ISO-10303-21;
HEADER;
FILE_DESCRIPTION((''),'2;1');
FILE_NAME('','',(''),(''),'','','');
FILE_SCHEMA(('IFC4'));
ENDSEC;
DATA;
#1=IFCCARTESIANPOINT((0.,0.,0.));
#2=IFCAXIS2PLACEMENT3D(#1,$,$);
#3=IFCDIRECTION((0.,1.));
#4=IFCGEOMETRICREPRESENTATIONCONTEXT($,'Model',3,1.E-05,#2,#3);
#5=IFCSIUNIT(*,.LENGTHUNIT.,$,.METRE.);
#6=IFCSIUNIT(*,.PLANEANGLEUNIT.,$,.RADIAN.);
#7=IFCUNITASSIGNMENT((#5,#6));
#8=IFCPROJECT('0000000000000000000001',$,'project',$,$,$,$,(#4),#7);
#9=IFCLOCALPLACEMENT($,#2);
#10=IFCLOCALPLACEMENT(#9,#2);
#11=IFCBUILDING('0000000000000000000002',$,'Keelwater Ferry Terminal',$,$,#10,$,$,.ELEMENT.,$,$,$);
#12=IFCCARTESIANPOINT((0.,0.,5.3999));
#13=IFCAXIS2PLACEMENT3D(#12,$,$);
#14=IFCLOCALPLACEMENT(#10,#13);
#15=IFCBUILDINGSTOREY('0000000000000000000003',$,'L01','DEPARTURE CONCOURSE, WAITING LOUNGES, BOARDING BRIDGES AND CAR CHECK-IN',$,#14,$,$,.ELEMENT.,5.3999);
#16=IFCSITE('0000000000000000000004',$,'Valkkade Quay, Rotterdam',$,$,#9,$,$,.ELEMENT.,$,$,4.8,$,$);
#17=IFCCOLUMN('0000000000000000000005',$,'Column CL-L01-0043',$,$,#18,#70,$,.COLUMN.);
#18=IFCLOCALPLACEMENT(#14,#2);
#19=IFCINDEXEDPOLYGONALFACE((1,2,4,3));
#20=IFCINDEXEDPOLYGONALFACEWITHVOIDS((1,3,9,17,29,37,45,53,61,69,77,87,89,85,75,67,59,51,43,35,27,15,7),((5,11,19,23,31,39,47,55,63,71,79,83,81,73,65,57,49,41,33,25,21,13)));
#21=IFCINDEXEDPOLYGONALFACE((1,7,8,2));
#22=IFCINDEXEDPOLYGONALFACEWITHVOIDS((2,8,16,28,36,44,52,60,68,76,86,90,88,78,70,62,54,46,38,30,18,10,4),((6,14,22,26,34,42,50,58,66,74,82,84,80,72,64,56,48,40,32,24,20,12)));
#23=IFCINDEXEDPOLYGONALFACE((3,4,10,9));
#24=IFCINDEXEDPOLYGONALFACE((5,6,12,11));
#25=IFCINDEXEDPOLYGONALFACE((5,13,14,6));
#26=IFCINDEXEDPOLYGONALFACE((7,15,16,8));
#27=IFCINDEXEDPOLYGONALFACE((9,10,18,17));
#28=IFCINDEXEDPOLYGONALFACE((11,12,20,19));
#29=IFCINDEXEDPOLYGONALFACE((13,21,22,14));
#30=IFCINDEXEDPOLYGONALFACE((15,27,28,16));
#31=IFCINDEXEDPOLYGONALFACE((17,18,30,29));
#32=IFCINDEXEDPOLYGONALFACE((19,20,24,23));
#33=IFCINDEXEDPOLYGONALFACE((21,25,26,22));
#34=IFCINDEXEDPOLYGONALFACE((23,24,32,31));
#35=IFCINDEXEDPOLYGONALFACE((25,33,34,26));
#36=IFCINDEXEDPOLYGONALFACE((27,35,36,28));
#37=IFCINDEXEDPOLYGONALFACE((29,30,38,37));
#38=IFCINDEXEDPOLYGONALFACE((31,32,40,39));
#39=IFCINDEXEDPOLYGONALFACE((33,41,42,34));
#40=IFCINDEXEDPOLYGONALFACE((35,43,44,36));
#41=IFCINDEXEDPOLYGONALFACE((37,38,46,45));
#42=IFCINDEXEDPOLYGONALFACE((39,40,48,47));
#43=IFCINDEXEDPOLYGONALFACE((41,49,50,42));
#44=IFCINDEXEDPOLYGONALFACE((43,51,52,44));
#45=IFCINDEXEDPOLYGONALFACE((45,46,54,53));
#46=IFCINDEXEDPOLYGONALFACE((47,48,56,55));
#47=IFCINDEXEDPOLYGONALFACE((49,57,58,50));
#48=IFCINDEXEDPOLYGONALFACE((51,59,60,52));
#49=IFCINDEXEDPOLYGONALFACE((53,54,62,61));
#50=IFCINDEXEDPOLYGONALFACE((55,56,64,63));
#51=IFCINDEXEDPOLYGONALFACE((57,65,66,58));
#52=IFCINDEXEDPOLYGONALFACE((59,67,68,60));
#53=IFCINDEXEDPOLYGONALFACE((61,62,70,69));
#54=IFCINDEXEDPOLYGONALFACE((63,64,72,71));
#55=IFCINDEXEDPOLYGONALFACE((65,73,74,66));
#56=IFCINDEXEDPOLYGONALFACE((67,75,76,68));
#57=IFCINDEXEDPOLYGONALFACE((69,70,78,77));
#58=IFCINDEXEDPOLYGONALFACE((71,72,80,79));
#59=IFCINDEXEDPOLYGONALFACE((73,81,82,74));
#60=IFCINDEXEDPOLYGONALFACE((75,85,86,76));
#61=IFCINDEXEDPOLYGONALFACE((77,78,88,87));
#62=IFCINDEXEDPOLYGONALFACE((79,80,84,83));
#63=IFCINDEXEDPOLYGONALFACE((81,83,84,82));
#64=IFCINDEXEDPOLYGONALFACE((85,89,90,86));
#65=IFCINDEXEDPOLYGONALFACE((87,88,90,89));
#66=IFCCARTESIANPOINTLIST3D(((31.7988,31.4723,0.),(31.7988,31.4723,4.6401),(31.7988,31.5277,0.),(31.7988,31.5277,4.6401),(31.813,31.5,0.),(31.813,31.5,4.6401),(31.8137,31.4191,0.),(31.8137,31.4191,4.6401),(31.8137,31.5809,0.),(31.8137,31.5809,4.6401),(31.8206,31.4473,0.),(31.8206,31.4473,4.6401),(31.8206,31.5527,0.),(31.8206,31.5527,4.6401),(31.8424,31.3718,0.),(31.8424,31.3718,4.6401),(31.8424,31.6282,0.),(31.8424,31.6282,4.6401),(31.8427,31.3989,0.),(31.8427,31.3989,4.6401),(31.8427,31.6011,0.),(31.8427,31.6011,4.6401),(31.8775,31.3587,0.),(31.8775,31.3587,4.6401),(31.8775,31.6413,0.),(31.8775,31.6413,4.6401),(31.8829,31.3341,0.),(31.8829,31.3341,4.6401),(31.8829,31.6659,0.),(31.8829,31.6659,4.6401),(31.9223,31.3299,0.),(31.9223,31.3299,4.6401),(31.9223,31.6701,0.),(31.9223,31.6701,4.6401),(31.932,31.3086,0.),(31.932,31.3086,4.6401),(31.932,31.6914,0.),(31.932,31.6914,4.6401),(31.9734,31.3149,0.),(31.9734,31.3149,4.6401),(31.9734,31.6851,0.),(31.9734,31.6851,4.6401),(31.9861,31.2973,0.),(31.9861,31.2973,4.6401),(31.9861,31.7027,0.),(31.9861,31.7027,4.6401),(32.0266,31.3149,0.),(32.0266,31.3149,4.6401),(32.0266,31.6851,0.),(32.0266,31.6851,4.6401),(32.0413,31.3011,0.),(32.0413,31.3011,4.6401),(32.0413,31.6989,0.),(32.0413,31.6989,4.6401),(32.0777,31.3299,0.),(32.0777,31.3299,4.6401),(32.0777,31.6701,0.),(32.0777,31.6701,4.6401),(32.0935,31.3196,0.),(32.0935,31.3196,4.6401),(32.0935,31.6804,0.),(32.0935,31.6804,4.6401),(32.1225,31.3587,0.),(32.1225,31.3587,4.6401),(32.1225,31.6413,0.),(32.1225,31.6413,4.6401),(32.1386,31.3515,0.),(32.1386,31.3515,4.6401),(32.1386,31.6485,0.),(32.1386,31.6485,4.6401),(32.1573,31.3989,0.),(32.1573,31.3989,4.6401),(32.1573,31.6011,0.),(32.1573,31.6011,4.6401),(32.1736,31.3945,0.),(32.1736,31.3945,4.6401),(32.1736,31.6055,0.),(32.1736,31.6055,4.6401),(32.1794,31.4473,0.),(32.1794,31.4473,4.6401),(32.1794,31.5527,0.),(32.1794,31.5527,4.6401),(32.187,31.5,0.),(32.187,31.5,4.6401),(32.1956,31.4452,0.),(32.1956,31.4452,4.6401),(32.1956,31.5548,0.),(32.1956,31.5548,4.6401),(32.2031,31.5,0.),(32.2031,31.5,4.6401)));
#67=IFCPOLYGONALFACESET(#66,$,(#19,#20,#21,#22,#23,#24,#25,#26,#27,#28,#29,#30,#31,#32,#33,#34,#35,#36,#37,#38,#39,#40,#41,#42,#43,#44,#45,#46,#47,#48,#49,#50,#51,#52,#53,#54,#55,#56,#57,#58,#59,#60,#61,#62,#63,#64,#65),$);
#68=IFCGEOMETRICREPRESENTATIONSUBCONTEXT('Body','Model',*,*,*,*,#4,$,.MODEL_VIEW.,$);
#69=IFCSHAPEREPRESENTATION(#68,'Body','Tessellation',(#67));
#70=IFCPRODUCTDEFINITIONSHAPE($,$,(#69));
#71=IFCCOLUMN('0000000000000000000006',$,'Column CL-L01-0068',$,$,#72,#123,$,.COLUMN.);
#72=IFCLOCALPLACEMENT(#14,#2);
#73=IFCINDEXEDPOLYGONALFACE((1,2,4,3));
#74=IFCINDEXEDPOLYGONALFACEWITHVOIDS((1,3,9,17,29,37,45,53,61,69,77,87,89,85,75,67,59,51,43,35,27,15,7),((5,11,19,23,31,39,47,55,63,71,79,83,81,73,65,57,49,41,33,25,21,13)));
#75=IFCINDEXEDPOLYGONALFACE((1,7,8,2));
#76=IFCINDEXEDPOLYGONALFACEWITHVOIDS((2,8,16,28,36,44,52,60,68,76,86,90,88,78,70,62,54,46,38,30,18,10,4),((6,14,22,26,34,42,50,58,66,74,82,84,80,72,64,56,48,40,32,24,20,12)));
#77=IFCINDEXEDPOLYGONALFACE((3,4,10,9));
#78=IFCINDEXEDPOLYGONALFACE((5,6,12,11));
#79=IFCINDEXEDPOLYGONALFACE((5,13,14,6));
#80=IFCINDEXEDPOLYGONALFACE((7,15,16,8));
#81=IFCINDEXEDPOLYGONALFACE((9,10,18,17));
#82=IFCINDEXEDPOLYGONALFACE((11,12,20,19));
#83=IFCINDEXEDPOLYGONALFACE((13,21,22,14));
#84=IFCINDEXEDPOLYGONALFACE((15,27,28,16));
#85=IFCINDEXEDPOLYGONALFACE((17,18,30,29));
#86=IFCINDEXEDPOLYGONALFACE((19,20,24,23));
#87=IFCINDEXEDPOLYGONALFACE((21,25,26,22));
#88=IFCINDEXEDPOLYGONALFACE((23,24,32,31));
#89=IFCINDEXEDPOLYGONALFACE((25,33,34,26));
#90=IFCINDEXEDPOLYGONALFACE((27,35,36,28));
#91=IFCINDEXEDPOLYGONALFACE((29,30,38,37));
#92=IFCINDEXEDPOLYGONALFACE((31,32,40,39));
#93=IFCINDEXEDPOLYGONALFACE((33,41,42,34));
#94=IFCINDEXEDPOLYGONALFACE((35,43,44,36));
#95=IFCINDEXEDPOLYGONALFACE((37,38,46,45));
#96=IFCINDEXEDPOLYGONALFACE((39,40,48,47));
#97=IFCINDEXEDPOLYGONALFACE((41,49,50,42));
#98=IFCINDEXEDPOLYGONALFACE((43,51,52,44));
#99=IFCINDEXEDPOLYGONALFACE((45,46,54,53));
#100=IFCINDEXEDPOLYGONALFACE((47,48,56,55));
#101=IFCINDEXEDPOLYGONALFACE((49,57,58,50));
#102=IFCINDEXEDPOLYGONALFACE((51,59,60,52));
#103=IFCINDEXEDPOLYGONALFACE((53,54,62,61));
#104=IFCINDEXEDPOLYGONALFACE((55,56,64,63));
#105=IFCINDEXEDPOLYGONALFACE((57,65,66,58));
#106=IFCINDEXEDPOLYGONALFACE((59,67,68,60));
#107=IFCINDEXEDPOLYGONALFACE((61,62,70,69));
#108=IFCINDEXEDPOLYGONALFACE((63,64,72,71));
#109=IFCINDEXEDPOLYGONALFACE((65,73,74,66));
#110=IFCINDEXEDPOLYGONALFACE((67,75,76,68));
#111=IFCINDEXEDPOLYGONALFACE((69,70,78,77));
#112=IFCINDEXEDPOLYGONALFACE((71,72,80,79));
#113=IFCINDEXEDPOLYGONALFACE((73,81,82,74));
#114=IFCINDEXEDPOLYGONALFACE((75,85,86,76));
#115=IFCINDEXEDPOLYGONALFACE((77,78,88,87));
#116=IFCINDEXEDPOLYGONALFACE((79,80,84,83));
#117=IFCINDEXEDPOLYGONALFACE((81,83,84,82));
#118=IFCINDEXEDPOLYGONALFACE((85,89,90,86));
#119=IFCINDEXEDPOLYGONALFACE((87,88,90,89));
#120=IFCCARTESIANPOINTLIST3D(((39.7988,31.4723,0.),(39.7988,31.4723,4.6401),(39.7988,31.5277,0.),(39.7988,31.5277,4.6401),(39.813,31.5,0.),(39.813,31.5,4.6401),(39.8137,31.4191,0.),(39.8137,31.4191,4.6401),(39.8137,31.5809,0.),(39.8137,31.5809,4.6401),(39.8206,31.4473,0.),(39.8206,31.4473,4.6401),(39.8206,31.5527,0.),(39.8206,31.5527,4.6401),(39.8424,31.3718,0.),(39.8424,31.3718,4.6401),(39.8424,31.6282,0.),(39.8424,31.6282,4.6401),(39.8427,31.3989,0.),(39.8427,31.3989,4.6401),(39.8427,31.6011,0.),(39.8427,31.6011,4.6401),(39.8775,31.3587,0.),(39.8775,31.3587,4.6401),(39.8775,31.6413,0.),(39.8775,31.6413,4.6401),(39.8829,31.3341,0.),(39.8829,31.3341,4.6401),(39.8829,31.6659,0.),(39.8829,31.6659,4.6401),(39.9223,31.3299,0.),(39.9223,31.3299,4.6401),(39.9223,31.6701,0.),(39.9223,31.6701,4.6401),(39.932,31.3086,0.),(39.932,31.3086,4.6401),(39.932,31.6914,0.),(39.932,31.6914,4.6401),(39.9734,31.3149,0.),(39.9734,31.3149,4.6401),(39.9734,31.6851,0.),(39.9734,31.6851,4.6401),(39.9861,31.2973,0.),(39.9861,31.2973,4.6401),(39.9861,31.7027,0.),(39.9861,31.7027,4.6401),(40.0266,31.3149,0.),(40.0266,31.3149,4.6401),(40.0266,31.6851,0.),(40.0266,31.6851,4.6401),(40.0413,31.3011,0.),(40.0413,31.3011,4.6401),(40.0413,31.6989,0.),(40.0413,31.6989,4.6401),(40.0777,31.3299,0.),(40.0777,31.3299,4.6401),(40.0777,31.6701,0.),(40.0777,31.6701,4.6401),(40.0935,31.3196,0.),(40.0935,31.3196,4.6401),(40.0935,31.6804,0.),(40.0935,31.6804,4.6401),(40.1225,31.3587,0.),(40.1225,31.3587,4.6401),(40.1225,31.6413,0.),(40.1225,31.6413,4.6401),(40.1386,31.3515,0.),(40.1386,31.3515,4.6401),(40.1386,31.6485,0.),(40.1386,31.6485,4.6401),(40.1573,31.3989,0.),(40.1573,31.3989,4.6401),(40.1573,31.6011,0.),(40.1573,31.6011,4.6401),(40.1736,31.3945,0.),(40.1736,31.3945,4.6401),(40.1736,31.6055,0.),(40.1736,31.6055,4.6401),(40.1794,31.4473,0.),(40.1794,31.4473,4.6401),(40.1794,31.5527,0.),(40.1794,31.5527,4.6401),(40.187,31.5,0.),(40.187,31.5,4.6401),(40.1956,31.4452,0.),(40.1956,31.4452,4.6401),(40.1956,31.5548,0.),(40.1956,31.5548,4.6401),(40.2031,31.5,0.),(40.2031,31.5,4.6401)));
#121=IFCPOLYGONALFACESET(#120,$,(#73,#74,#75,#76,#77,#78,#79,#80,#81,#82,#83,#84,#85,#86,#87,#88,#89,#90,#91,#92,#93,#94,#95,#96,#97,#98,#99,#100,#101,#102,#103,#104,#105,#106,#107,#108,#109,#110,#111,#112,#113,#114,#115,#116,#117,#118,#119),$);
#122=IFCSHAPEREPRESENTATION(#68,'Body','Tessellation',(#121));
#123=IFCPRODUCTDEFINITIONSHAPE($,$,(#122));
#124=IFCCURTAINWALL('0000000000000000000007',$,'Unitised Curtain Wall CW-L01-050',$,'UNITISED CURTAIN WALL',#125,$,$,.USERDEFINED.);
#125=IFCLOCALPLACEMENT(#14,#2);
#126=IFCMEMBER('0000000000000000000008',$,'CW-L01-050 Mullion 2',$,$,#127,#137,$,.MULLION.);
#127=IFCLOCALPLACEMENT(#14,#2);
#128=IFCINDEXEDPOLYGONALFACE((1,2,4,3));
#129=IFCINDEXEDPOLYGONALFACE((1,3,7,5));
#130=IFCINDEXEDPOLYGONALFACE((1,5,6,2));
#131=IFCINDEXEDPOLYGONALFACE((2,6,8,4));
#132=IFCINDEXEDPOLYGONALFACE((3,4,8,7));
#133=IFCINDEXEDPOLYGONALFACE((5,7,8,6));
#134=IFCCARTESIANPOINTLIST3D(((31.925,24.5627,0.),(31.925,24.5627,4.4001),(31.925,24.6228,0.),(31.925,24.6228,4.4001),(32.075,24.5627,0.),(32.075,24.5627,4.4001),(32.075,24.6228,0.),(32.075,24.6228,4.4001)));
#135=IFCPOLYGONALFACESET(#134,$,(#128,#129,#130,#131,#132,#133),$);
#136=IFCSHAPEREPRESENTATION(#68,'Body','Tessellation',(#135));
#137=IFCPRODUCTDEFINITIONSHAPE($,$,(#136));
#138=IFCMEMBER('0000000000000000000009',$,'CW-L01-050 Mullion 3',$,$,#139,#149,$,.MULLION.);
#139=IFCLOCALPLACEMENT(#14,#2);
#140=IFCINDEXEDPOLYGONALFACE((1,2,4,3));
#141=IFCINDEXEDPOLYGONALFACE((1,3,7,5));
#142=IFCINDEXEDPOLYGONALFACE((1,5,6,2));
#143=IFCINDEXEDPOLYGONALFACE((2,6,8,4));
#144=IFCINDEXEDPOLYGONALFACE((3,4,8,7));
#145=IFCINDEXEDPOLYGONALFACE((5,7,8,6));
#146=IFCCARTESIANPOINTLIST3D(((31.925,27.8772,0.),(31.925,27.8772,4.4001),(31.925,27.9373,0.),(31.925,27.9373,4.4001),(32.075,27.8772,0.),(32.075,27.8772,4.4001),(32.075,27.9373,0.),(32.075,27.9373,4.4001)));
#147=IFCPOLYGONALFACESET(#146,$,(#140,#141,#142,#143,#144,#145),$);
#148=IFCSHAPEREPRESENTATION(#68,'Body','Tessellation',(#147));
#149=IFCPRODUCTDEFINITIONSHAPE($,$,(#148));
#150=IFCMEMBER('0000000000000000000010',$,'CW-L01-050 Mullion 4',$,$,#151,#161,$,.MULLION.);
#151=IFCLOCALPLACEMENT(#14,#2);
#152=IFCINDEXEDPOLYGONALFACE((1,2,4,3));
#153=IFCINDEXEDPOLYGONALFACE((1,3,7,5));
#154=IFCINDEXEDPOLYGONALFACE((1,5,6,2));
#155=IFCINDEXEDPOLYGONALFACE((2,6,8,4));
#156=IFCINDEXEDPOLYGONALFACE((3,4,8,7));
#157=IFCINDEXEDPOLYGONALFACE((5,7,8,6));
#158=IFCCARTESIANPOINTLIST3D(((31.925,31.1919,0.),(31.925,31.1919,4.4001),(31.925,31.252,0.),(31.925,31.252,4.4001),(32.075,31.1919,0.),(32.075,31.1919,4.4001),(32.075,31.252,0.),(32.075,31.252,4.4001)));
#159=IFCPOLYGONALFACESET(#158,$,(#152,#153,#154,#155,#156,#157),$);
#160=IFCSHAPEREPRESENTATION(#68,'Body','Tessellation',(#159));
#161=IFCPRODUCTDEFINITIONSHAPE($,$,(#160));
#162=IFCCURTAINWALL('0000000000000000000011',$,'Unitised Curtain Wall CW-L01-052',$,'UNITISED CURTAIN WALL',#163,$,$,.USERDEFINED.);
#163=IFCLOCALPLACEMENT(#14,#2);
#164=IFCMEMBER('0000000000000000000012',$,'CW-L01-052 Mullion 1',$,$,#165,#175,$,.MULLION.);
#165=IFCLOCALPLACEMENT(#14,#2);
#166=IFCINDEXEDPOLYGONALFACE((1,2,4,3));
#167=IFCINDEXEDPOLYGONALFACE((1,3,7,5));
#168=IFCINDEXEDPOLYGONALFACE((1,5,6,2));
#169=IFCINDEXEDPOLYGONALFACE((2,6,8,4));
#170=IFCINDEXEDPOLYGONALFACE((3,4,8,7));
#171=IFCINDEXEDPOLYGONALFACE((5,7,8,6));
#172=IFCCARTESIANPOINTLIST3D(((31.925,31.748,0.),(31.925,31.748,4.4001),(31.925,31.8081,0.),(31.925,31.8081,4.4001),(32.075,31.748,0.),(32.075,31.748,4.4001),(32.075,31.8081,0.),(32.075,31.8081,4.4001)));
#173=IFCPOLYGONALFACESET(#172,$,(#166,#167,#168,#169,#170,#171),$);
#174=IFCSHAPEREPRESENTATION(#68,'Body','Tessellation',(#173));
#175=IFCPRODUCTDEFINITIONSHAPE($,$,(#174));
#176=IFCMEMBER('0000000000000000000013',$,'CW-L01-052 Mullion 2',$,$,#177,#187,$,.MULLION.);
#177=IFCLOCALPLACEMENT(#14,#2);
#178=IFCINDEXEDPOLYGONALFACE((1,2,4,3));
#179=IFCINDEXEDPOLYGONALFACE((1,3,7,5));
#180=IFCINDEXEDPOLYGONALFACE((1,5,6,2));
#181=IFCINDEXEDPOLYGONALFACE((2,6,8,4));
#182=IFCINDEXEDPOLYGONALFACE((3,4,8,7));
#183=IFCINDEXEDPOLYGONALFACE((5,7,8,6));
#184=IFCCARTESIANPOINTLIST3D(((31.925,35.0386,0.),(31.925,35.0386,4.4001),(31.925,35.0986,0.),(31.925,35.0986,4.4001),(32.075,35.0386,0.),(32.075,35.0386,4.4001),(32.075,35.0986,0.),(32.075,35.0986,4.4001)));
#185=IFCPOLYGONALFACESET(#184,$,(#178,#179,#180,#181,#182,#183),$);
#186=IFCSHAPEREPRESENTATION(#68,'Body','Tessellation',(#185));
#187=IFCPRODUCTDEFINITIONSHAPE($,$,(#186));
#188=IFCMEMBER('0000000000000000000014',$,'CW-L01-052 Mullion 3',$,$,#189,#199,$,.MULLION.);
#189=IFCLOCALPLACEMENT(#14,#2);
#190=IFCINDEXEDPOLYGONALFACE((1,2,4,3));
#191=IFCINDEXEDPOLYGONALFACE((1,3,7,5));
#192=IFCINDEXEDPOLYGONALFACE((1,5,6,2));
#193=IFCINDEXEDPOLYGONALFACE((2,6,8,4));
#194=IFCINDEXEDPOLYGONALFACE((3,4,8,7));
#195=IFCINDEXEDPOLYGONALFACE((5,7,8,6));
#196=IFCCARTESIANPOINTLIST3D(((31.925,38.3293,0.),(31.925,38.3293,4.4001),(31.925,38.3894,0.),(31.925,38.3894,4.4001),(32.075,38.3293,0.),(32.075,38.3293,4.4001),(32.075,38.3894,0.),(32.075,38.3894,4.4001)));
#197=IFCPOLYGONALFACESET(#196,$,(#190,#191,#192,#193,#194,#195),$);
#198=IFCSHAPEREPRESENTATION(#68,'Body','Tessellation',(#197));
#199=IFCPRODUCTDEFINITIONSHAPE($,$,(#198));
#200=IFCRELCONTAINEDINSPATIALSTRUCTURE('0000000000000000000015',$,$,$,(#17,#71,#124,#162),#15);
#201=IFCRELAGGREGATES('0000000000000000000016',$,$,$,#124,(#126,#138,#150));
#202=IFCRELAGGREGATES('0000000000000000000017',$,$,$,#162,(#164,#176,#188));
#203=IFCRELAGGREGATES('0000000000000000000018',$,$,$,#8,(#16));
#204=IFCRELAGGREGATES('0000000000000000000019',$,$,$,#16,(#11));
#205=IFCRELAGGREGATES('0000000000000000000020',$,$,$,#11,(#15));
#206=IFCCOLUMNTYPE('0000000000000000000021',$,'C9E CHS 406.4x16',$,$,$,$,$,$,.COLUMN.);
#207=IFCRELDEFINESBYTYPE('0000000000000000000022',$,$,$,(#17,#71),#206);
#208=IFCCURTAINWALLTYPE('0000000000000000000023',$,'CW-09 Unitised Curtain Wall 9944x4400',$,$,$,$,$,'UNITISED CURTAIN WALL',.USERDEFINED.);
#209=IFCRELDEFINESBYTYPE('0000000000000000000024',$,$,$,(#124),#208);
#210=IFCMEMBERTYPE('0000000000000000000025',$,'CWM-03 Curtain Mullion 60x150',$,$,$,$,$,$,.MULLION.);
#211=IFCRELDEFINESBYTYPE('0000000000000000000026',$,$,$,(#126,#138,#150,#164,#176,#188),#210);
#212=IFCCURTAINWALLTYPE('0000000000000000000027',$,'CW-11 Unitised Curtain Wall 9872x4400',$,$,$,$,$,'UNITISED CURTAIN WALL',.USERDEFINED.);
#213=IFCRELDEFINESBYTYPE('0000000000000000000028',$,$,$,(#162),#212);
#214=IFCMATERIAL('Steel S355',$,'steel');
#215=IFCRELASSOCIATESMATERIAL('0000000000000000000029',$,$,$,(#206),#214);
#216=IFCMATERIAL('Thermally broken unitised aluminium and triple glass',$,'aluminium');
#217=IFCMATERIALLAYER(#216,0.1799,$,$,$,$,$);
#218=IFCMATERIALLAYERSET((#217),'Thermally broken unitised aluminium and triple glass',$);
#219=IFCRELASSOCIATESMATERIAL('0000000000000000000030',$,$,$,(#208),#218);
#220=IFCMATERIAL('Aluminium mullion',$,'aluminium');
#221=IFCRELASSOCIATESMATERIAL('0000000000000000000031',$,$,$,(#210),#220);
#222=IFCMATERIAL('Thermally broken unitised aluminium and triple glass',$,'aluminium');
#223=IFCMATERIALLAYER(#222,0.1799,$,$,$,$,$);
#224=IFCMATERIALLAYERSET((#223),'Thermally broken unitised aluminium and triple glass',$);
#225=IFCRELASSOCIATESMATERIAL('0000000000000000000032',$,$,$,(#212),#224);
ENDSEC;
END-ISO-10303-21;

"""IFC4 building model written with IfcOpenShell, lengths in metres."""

from ifc_helpers import new_model, si_unit, direction, frame, origin, origin_2d, place, context, subcontext, project, spatial, rectangle, hollow_circle, extrude, material, layer, layer_set, material_profile, profile_set, type_object, element, aggregate, save


model = new_model("IFC4")

# Units and contexts
model_context = context("Model", 3, precision=1e-05, world=origin(), true_north=direction((0.0, 1.0)))
body_context = subcontext(model_context, "Body", "Model", "MODEL_VIEW")
ifc_project = project(units=[si_unit("LENGTHUNIT", "METRE"), si_unit("PLANEANGLEUNIT", "RADIAN")], contexts=[model_context])

# Site, building, storey
site_placement = place(None, origin())
site = spatial("IfcSite", under=ifc_project, at=site_placement, Name="Valkkade Quay, Rotterdam", CompositionType="ELEMENT", RefElevation=4.8)
building_placement = place(site_placement, origin())
building = spatial("IfcBuilding", under=site, at=building_placement, Name="Keelwater Ferry Terminal", CompositionType="ELEMENT")
storey_placement = place(building_placement, frame((0.0, 0.0, 5.3999)))
storey = spatial("IfcBuildingStorey", under=building, at=storey_placement, Name="L01", Description="DEPARTURE CONCOURSE, WAITING LOUNGES, BOARDING BRIDGES AND CAR CHECK-IN", CompositionType="ELEMENT", Elevation=5.3999)

# Columns
ifc_material_1 = material(Name="Steel S355", Category="steel")
ifc_material_profile_1 = material_profile(ifc_material_1, hollow_circle(Radius=0.2031, WallThickness=0.0161, at=origin_2d()), Name="CHS 406.4x16")
ifc_profile_set_1 = profile_set([ifc_material_profile_1], Name="Steel S355")
column_type = type_object("IfcColumnType", Name="C9E CHS 406.4x16", PredefinedType="COLUMN", material=ifc_profile_set_1)
for number, where, z_axis, x_axis, name in (
    (1, (32.0, 31.5, 0.0), (0.0, 0.0, 1.0), (1.0, 0.0, 0.0), "Column CL-L01-0043"),
    (2, (40.0, 31.5, 0.0), (0.0, 0.0, 1.0), (1.0, 0.0, 0.0), "Column CL-L01-0068"),
):
    element("IfcColumn", number, at=place(storey_placement, frame(where, z_axis=z_axis, x_axis=x_axis)), inside=storey, type_object=column_type, Name=name, PredefinedType="COLUMN", context=body_context, shape_type="SweptSolid", body=[
        extrude(hollow_circle(Radius=0.2031, WallThickness=0.0161, at=origin_2d()), origin(), (0.0, 0.0, 1.0), 4.6401),
    ])

# Curtain walls, members
ifc_material_2 = material(Name="Thermally broken unitised aluminium and triple glass", Category="aluminium")
ifc_layer_1 = layer(ifc_material_2, 0.1799)
ifc_layer_set_1 = layer_set([ifc_layer_1], Name="Thermally broken unitised aluminium and triple glass")
curtain_wall_type_1 = type_object("IfcCurtainWallType", Name="CW-09 Unitised Curtain Wall 9944x4400", ElementType="UNITISED CURTAIN WALL", PredefinedType="USERDEFINED", material=ifc_layer_set_1)
curtain_wall_1_placement = place(storey_placement, origin())
curtain_wall_1 = element("IfcCurtainWall", 3, at=curtain_wall_1_placement, inside=storey, type_object=curtain_wall_type_1, Name="Unitised Curtain Wall CW-L01-050", ObjectType="UNITISED CURTAIN WALL", PredefinedType="USERDEFINED")
ifc_material_3 = material(Name="Aluminium mullion", Category="aluminium")
ifc_material_profile_2 = material_profile(ifc_material_3, rectangle(XDim=0.0601, YDim=0.1499, at=origin_2d()), Name="CWM-03")
ifc_profile_set_2 = profile_set([ifc_material_profile_2], Name="Aluminium mullion")
member_type_1 = type_object("IfcMemberType", Name="CWM-03 Curtain Mullion 60x150", PredefinedType="MULLION", material=ifc_profile_set_2)
member_1_placement = place(storey_placement, frame((32.0, 24.5928, 0.0), z_axis=(0.0, 0.0, 1.0), x_axis=(0.0, 1.0, 0.0)))
member_1 = element("IfcMember", 4, at=member_1_placement, type_object=member_type_1, Name="CW-L01-050 Mullion 2", PredefinedType="MULLION", context=body_context, shape_type="SweptSolid", body=[
    extrude(rectangle(XDim=0.0601, YDim=0.1499, at=origin_2d()), origin(), (0.0, 0.0, 1.0), 4.4001),
])
member_2_placement = place(storey_placement, frame((32.0, 27.9072, 0.0), z_axis=(0.0, 0.0, 1.0), x_axis=(0.0, 1.0, 0.0)))
member_2 = element("IfcMember", 5, at=member_2_placement, type_object=member_type_1, Name="CW-L01-050 Mullion 3", PredefinedType="MULLION", context=body_context, shape_type="SweptSolid", body=[
    extrude(rectangle(XDim=0.0601, YDim=0.1499, at=origin_2d()), origin(), (0.0, 0.0, 1.0), 4.4001),
])
member_3_placement = place(storey_placement, frame((32.0, 31.2219, 0.0), z_axis=(0.0, 0.0, 1.0), x_axis=(0.0, 1.0, 0.0)))
member_3 = element("IfcMember", 6, at=member_3_placement, type_object=member_type_1, Name="CW-L01-050 Mullion 4", PredefinedType="MULLION", context=body_context, shape_type="SweptSolid", body=[
    extrude(rectangle(XDim=0.0601, YDim=0.1499, at=origin_2d()), origin(), (0.0, 0.0, 1.0), 4.4001),
])
ifc_material_4 = material(Name="Thermally broken unitised aluminium and triple glass", Category="aluminium")
ifc_layer_2 = layer(ifc_material_4, 0.1799)
ifc_layer_set_2 = layer_set([ifc_layer_2], Name="Thermally broken unitised aluminium and triple glass")
curtain_wall_type_2 = type_object("IfcCurtainWallType", Name="CW-11 Unitised Curtain Wall 9872x4400", ElementType="UNITISED CURTAIN WALL", PredefinedType="USERDEFINED", material=ifc_layer_set_2)
curtain_wall_2_placement = place(storey_placement, origin())
curtain_wall_2 = element("IfcCurtainWall", 7, at=curtain_wall_2_placement, inside=storey, type_object=curtain_wall_type_2, Name="Unitised Curtain Wall CW-L01-052", ObjectType="UNITISED CURTAIN WALL", PredefinedType="USERDEFINED")
member_4_placement = place(storey_placement, frame((32.0, 31.7781, 0.0), z_axis=(0.0, 0.0, 1.0), x_axis=(0.0, 1.0, 0.0)))
member_4 = element("IfcMember", 8, at=member_4_placement, type_object=member_type_1, Name="CW-L01-052 Mullion 1", PredefinedType="MULLION", context=body_context, shape_type="SweptSolid", body=[
    extrude(rectangle(XDim=0.0601, YDim=0.1499, at=origin_2d()), origin(), (0.0, 0.0, 1.0), 4.4001),
])
member_5_placement = place(storey_placement, frame((32.0, 35.0686, 0.0), z_axis=(0.0, 0.0, 1.0), x_axis=(0.0, 1.0, 0.0)))
member_5 = element("IfcMember", 9, at=member_5_placement, type_object=member_type_1, Name="CW-L01-052 Mullion 2", PredefinedType="MULLION", context=body_context, shape_type="SweptSolid", body=[
    extrude(rectangle(XDim=0.0601, YDim=0.1499, at=origin_2d()), origin(), (0.0, 0.0, 1.0), 4.4001),
])
member_6_placement = place(storey_placement, frame((32.0, 38.3594, 0.0), z_axis=(0.0, 0.0, 1.0), x_axis=(0.0, 1.0, 0.0)))
member_6 = element("IfcMember", 10, at=member_6_placement, type_object=member_type_1, Name="CW-L01-052 Mullion 3", PredefinedType="MULLION", context=body_context, shape_type="SweptSolid", body=[
    extrude(rectangle(XDim=0.0601, YDim=0.1499, at=origin_2d()), origin(), (0.0, 0.0, 1.0), 4.4001),
])

aggregate(curtain_wall_1, [member_1, member_2, member_3])
aggregate(curtain_wall_2, [member_4, member_5, member_6])

save(model, "model.ifc")
